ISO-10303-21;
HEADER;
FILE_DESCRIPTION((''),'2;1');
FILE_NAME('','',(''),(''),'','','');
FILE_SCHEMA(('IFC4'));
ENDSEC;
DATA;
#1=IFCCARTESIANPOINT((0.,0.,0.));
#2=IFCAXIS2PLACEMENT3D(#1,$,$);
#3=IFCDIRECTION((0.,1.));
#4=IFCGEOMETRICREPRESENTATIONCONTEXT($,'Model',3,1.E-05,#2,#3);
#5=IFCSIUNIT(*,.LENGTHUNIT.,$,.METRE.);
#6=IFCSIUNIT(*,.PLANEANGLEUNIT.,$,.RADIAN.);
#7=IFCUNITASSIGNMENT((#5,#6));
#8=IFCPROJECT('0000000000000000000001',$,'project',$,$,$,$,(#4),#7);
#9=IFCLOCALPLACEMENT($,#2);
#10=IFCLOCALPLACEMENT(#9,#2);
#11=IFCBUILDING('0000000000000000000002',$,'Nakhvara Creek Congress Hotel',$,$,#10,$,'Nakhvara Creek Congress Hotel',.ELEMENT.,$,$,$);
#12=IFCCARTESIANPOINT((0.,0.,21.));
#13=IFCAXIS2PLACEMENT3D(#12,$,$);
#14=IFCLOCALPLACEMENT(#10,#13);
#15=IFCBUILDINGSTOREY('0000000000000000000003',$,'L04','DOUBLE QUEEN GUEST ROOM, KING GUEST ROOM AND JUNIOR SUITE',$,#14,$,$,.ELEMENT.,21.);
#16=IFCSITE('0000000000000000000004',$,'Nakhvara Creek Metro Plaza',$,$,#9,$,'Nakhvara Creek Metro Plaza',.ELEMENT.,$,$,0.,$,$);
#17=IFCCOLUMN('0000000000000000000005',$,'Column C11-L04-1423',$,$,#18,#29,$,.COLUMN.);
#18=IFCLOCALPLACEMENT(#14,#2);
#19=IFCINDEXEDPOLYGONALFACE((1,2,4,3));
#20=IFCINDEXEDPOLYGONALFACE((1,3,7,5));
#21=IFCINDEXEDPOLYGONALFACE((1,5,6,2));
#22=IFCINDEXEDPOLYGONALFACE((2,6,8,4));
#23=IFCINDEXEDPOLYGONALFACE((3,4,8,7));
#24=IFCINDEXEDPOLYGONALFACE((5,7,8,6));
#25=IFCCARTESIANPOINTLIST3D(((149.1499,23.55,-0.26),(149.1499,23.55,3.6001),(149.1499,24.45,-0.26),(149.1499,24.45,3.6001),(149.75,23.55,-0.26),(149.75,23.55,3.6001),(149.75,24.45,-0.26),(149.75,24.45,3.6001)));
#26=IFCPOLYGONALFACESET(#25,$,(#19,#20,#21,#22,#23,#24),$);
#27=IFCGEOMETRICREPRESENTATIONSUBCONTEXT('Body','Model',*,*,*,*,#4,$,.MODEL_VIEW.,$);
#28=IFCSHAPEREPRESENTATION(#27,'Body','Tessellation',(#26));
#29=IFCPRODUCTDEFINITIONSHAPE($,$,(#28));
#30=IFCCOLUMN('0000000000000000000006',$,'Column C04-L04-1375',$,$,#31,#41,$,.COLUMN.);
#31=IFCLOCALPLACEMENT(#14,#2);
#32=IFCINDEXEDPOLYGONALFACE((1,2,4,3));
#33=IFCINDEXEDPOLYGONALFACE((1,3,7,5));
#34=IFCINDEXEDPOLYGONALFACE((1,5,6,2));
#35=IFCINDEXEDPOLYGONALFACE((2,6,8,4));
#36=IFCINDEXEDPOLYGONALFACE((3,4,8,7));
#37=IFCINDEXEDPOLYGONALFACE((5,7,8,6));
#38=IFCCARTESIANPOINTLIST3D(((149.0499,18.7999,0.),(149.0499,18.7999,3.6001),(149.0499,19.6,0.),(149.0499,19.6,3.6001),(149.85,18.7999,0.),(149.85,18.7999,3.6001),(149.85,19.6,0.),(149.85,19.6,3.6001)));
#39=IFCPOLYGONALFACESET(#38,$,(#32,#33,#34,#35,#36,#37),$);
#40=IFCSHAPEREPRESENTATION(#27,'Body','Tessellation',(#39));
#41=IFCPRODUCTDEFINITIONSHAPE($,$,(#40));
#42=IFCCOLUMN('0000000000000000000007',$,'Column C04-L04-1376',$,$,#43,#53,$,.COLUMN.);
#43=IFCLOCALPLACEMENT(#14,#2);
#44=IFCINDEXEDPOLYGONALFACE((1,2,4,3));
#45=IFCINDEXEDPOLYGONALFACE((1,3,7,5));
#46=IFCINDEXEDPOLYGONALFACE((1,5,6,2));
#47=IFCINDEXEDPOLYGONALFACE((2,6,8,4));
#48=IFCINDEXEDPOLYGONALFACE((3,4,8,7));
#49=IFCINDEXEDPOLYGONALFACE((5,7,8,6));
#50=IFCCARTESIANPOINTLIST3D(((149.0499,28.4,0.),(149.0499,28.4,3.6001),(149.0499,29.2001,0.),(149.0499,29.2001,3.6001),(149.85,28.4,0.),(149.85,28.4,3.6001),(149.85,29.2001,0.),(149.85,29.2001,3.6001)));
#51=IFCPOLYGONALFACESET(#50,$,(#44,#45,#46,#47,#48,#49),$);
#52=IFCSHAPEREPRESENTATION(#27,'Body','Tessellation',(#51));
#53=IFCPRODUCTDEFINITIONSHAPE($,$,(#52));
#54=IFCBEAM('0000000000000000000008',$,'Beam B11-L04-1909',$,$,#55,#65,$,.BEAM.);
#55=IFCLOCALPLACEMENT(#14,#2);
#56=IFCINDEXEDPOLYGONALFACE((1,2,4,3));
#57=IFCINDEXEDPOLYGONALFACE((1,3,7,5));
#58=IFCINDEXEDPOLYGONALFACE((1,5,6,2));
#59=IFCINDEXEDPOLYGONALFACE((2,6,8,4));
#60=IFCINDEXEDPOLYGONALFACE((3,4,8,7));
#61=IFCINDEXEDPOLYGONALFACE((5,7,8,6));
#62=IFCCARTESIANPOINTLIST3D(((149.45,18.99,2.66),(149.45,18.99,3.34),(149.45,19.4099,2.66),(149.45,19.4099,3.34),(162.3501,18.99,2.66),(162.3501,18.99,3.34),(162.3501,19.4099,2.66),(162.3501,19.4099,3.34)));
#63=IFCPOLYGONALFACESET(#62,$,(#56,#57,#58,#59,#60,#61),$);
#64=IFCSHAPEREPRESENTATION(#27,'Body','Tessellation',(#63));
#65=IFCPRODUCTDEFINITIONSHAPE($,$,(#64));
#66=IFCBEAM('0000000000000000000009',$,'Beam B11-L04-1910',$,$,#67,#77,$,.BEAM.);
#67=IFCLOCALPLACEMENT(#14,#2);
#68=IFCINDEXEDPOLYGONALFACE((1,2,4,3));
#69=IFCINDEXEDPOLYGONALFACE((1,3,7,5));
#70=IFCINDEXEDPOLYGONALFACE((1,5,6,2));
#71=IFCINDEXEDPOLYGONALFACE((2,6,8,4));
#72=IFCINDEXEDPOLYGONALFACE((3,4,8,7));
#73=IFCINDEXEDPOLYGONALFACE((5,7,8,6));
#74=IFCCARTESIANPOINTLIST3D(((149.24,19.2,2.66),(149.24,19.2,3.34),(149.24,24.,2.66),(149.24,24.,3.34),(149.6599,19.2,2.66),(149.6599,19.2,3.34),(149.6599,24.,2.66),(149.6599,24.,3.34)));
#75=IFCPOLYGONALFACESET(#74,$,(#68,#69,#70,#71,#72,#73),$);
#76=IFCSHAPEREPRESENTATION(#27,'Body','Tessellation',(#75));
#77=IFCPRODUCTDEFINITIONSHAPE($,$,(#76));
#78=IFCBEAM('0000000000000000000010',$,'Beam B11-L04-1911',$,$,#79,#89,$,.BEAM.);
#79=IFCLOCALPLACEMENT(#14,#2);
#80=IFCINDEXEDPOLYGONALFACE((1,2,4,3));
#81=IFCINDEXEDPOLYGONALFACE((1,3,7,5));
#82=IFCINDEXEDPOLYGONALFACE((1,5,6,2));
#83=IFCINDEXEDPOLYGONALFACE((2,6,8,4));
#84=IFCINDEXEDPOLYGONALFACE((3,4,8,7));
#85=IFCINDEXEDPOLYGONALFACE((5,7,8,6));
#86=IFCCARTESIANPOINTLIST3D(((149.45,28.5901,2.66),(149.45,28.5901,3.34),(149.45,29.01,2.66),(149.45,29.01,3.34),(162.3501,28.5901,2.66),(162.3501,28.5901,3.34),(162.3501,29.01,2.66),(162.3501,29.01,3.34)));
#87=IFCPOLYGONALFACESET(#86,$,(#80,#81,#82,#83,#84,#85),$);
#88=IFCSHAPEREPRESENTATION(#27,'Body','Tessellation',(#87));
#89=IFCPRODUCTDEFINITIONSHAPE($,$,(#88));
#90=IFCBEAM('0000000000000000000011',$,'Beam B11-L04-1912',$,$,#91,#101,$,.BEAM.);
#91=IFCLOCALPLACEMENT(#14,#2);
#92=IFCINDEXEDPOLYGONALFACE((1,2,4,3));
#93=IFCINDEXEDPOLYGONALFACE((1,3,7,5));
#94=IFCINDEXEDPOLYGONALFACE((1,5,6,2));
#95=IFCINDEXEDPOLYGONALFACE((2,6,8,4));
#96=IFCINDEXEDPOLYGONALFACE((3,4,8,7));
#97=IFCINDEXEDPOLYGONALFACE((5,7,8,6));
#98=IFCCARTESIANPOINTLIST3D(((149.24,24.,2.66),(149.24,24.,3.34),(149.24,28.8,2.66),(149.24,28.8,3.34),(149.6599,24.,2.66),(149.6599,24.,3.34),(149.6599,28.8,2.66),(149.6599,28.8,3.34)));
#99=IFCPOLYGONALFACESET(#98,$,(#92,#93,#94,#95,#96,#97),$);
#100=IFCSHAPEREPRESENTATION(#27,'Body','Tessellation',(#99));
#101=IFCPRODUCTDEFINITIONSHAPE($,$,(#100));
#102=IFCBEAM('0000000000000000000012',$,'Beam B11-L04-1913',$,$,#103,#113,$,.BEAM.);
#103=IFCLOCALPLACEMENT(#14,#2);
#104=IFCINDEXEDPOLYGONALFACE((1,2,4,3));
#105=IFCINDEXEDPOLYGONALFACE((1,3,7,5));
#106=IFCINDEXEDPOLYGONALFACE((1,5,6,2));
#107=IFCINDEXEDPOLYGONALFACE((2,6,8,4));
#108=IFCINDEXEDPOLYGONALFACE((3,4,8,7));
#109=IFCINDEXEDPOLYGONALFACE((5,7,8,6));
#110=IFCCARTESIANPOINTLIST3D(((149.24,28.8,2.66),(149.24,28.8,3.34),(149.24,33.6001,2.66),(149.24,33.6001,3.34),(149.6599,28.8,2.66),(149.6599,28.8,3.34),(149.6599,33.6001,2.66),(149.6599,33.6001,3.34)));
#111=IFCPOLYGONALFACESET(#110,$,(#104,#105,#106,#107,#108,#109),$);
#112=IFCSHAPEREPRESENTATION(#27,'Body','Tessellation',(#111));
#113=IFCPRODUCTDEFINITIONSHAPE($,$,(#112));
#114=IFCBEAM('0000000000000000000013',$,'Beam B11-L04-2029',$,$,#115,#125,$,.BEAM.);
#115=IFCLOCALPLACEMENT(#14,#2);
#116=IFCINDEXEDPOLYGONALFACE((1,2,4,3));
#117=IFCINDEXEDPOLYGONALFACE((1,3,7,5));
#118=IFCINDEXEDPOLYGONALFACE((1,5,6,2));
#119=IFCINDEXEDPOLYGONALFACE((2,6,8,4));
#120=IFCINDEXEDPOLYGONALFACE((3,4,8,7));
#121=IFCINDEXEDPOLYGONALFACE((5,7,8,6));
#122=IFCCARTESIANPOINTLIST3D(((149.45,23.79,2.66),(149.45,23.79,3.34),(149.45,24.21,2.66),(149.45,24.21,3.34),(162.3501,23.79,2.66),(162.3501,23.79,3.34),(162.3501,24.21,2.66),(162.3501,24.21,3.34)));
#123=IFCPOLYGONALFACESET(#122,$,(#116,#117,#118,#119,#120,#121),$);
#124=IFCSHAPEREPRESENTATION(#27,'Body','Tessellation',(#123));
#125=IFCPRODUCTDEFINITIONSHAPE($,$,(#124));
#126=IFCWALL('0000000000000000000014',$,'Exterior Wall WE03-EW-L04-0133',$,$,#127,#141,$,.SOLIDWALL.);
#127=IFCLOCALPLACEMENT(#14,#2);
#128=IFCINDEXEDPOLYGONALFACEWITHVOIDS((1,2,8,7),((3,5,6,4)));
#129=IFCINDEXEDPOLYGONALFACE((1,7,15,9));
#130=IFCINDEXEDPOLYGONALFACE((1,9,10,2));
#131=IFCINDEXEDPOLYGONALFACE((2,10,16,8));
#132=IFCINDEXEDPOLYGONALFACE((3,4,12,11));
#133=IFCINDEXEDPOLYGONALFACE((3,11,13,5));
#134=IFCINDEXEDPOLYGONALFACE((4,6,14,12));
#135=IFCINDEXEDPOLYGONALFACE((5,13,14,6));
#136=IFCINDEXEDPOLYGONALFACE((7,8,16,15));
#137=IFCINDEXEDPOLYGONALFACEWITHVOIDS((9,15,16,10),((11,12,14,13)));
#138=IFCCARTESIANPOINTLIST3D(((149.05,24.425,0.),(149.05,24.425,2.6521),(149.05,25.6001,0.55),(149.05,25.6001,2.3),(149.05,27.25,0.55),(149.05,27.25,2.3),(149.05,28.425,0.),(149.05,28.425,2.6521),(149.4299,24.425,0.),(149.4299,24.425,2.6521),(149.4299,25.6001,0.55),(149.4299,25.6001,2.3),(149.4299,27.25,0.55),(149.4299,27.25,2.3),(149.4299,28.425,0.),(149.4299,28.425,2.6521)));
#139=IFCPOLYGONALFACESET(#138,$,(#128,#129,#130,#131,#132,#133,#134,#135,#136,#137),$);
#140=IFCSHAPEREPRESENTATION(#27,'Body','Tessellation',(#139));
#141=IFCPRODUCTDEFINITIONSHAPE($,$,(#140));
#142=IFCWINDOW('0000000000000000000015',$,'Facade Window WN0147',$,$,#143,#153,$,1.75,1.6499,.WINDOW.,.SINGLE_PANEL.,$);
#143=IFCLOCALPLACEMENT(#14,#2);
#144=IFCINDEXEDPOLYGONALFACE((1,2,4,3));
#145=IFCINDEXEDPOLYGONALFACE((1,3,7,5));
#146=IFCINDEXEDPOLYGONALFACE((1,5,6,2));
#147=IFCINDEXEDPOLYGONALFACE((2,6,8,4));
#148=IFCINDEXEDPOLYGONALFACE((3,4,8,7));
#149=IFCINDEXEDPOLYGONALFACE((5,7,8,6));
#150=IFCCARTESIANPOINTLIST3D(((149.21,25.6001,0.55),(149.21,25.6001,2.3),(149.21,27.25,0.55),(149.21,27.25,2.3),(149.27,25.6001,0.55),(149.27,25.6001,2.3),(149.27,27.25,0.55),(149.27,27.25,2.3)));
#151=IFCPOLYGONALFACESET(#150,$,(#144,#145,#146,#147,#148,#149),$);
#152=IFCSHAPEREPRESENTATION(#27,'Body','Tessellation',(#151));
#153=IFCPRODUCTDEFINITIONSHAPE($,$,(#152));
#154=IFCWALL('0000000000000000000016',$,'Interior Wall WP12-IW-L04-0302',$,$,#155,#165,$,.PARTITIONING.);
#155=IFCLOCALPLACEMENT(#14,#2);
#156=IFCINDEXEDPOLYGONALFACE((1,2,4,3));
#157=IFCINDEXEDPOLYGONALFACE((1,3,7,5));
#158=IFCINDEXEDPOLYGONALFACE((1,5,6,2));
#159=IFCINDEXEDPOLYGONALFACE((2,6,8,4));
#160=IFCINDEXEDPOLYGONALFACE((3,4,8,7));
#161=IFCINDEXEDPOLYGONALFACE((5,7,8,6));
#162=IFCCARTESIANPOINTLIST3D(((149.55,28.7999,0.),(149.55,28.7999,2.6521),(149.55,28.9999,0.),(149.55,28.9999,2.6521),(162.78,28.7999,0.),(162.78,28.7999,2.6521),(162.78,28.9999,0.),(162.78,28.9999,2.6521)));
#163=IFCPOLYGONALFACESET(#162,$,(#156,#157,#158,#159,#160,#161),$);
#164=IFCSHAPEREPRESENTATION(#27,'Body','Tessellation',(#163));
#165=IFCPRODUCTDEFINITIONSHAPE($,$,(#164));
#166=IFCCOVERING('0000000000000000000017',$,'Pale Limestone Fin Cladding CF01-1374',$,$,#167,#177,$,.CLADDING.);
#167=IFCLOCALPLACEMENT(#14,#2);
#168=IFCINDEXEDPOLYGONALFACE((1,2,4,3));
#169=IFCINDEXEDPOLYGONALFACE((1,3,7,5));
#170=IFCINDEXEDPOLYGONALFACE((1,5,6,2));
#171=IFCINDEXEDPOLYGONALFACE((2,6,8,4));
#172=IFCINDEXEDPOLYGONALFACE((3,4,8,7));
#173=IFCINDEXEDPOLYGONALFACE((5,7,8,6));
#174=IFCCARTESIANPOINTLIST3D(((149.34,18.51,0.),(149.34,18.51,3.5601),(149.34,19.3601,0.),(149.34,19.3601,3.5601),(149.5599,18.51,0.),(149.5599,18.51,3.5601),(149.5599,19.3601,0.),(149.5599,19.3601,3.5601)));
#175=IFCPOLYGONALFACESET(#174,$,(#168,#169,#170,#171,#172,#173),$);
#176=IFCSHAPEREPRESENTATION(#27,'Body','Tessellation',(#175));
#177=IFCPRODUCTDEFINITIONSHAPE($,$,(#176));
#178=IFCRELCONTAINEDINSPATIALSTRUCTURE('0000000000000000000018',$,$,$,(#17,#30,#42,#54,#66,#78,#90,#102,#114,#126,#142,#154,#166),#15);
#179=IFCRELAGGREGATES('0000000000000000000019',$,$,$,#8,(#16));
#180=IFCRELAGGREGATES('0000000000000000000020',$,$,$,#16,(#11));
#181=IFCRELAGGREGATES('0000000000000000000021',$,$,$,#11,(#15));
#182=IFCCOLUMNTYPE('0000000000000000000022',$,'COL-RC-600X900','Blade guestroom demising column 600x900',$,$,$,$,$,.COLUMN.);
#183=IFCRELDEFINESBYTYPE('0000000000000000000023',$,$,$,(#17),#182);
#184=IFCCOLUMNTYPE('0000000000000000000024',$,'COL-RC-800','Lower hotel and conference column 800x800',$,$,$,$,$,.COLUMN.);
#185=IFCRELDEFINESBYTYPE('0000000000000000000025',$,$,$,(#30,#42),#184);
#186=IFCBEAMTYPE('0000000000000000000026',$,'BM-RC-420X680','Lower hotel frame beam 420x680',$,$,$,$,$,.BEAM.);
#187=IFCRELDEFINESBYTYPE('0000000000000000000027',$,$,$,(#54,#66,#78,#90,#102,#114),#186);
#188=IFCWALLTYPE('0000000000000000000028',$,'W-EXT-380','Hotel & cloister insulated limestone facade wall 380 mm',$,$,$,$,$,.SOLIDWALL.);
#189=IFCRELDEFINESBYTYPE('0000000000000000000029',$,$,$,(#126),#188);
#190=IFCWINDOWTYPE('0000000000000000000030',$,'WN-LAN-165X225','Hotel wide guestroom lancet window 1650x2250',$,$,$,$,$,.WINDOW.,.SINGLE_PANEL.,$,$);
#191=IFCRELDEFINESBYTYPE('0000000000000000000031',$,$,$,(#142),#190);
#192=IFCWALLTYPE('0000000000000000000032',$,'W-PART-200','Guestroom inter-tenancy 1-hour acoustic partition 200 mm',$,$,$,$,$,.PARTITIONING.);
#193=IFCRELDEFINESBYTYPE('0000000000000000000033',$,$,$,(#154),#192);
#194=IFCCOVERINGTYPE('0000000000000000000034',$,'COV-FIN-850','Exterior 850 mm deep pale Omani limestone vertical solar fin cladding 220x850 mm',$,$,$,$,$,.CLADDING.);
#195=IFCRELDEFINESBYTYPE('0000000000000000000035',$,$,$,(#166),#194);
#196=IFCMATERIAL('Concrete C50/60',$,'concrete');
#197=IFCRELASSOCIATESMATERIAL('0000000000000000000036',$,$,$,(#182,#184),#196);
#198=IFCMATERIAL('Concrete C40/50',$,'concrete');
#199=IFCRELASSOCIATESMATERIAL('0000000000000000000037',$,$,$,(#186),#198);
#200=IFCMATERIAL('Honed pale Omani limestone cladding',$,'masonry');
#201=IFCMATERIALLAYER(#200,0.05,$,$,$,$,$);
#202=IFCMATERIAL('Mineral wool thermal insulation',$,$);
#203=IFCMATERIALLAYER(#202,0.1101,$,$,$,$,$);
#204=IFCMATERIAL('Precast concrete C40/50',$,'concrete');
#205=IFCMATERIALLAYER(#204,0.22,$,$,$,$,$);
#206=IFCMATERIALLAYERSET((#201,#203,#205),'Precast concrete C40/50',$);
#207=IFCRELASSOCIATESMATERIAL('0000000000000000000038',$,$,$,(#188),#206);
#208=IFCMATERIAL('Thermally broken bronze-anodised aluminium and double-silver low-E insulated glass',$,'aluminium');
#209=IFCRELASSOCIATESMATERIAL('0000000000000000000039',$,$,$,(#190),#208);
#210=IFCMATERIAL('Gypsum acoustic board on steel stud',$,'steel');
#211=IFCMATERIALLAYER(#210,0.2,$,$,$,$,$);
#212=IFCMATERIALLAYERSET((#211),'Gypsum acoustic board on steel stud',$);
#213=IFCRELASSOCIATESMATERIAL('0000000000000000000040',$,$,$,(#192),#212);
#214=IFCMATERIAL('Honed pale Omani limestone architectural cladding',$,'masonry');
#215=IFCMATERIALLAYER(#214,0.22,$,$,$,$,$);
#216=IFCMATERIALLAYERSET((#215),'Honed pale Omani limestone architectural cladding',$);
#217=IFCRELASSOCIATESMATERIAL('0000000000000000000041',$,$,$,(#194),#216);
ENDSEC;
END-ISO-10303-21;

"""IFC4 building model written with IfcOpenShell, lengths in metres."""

from ifc_helpers import new_model, si_unit, direction, frame, frame_2d, origin, origin_2d, place, context, subcontext, project, spatial, rectangle, extrude, material, layer, layer_set, material_profile, profile_set, type_object, element, fill, save


model = new_model("IFC4")

# Units and contexts
model_context = context("Model", 3, precision=1e-05, world=origin(), true_north=direction((0.0, 1.0)))
body_context = subcontext(model_context, "Body", "Model", "MODEL_VIEW")
ifc_project = project(units=[si_unit("LENGTHUNIT", "METRE"), si_unit("PLANEANGLEUNIT", "RADIAN")], contexts=[model_context])

# Site, building, storey
site_placement = place(None, origin())
site = spatial("IfcSite", under=ifc_project, at=site_placement, Name="Nakhvara Creek Metro Plaza", LongName="Nakhvara Creek Metro Plaza", CompositionType="ELEMENT", RefElevation=0.0)
building_placement = place(site_placement, origin())
building = spatial("IfcBuilding", under=site, at=building_placement, Name="Nakhvara Creek Congress Hotel", LongName="Nakhvara Creek Congress Hotel", CompositionType="ELEMENT")
storey_placement = place(building_placement, frame((0.0, 0.0, 21.0)))
storey = spatial("IfcBuildingStorey", under=building, at=storey_placement, Name="L04", Description="DOUBLE QUEEN GUEST ROOM, KING GUEST ROOM AND JUNIOR SUITE", CompositionType="ELEMENT", Elevation=21.0)

# Columns
ifc_material_1 = material(Name="Concrete C50/60", Category="concrete")
ifc_material_profile_1 = material_profile(ifc_material_1, rectangle(XDim=0.6001, YDim=0.8999, at=origin_2d()), Name="RC-COL 600x900", Category="LoadBearing")
ifc_profile_set_1 = profile_set([ifc_material_profile_1], Name="Concrete C50/60")
column_type_1 = type_object("IfcColumnType", Name="COL-RC-600X900", Description="Blade guestroom demising column 600x900", PredefinedType="COLUMN", material=ifc_profile_set_1)
column_placement = place(storey_placement, frame((149.45, 24.0, -0.26), z_axis=(0.0, 0.0, 1.0), x_axis=(1.0, 0.0, 0.0)))
element("IfcColumn", 1, at=column_placement, inside=storey, type_object=column_type_1, Name="Column C11-L04-1423", PredefinedType="COLUMN", context=body_context, shape_type="SweptSolid", body=[
    extrude(rectangle(XDim=0.6001, YDim=0.8999, at=origin_2d()), origin(), (0.0, 0.0, 1.0), 3.8601),
])
ifc_material_profile_2 = material_profile(ifc_material_1, rectangle(XDim=0.8, YDim=0.8, at=origin_2d()), Name="RC-COL 800x800", Category="LoadBearing")
ifc_profile_set_2 = profile_set([ifc_material_profile_2], Name="Concrete C50/60")
column_type_2 = type_object("IfcColumnType", Name="COL-RC-800", Description="Lower hotel and conference column 800x800", PredefinedType="COLUMN", material=ifc_profile_set_2)
for number, where, z_axis, x_axis, name in (
    (2, (149.45, 19.2, 0.0), (0.0, 0.0, 1.0), (1.0, 0.0, 0.0), "Column C04-L04-1375"),
    (3, (149.45, 28.8, 0.0), (0.0, 0.0, 1.0), (1.0, 0.0, 0.0), "Column C04-L04-1376"),
):
    element("IfcColumn", number, at=place(storey_placement, frame(where, z_axis=z_axis, x_axis=x_axis)), inside=storey, type_object=column_type_2, Name=name, PredefinedType="COLUMN", context=body_context, shape_type="SweptSolid", body=[
        extrude(rectangle(XDim=0.8, YDim=0.8, at=origin_2d()), origin(), (0.0, 0.0, 1.0), 3.6001),
    ])

# Beams
ifc_material_2 = material(Name="Concrete C40/50", Category="concrete")
ifc_material_profile_3 = material_profile(ifc_material_2, rectangle(XDim=0.4199, YDim=0.6799, at=origin_2d()), Name="RC-BM 420x680", Category="LoadBearing")
ifc_profile_set_3 = profile_set([ifc_material_profile_3], Name="Concrete C40/50")
beam_type = type_object("IfcBeamType", Name="BM-RC-420X680", Description="Lower hotel frame beam 420x680", PredefinedType="BEAM", material=ifc_profile_set_3)
beam_1_placement = place(storey_placement, frame((149.45, 19.2, 3.0), z_axis=(1.0, 0.0, 0.0), x_axis=(0.0, 1.0, 0.0)))
element("IfcBeam", 4, at=beam_1_placement, inside=storey, type_object=beam_type, Name="Beam B11-L04-1909", PredefinedType="BEAM", context=body_context, shape_type="SweptSolid", body=[
    extrude(rectangle(XDim=0.4199, YDim=0.6799, at=origin_2d()), origin(), (0.0, 0.0, 1.0), 12.9001),
])
beam_2_placement = place(storey_placement, frame((149.45, 19.2, 3.0), z_axis=(0.0, 1.0, 0.0), x_axis=(-1.0, 0.0, 0.0)))
element("IfcBeam", 5, at=beam_2_placement, inside=storey, type_object=beam_type, Name="Beam B11-L04-1910", PredefinedType="BEAM", context=body_context, shape_type="SweptSolid", body=[
    extrude(rectangle(XDim=0.4199, YDim=0.6799, at=origin_2d()), origin(), (0.0, 0.0, 1.0), 4.8),
])
beam_3_placement = place(storey_placement, frame((149.45, 28.8, 3.0), z_axis=(1.0, 0.0, 0.0), x_axis=(0.0, 1.0, 0.0)))
element("IfcBeam", 6, at=beam_3_placement, inside=storey, type_object=beam_type, Name="Beam B11-L04-1911", PredefinedType="BEAM", context=body_context, shape_type="SweptSolid", body=[
    extrude(rectangle(XDim=0.4199, YDim=0.6799, at=origin_2d()), origin(), (0.0, 0.0, 1.0), 12.9001),
])
for number, where, z_axis, x_axis, name in (
    (7, (149.45, 24.0, 3.0), (0.0, 1.0, 0.0), (-1.0, 0.0, 0.0), "Beam B11-L04-1912"),
    (8, (149.45, 28.8, 3.0), (0.0, 1.0, 0.0), (-1.0, 0.0, 0.0), "Beam B11-L04-1913"),
):
    element("IfcBeam", number, at=place(storey_placement, frame(where, z_axis=z_axis, x_axis=x_axis)), inside=storey, type_object=beam_type, Name=name, PredefinedType="BEAM", context=body_context, shape_type="SweptSolid", body=[
        extrude(rectangle(XDim=0.4199, YDim=0.6799, at=origin_2d()), origin(), (0.0, 0.0, 1.0), 4.8),
    ])
beam_4_placement = place(storey_placement, frame((149.45, 24.0, 3.0), z_axis=(1.0, 0.0, 0.0), x_axis=(0.0, 1.0, 0.0)))
element("IfcBeam", 9, at=beam_4_placement, inside=storey, type_object=beam_type, Name="Beam B11-L04-2029", PredefinedType="BEAM", context=body_context, shape_type="SweptSolid", body=[
    extrude(rectangle(XDim=0.4199, YDim=0.6799, at=origin_2d()), origin(), (0.0, 0.0, 1.0), 12.9001),
])

# Wall, opening, window
ifc_material_3 = material(Name="Honed pale Omani limestone cladding", Category="masonry")
ifc_layer_1 = layer(ifc_material_3, 0.05)
ifc_material_4 = material(Name="Mineral wool thermal insulation")
ifc_layer_2 = layer(ifc_material_4, 0.1101)
ifc_material_5 = material(Name="Precast concrete C40/50", Category="concrete")
ifc_layer_3 = layer(ifc_material_5, 0.22)
ifc_layer_set_1 = layer_set([ifc_layer_1, ifc_layer_2, ifc_layer_3], Name="Precast concrete C40/50")
wall_type_1 = type_object("IfcWallType", Name="W-EXT-380", Description="Hotel & cloister insulated limestone facade wall 380 mm", PredefinedType="SOLIDWALL", material=ifc_layer_set_1)
wall_1_placement = place(storey_placement, frame((149.24, 24.425, 0.0), z_axis=(0.0, 0.0, 1.0), x_axis=(0.0, 1.0, 0.0)))
wall_1 = element("IfcWall", 10, at=wall_1_placement, inside=storey, type_object=wall_type_1, Name="Exterior Wall WE03-EW-L04-0133", PredefinedType="SOLIDWALL", context=body_context, shape_type="SweptSolid", body=[
    extrude(rectangle(XDim=4.0, YDim=0.3799, at=frame_2d((2.0, 0.0))), origin(), (0.0, 0.0, 1.0), 2.6521),
])
opening_placement = place(wall_1_placement, frame((1.175, 0.0, 0.55)))
opening = element("IfcOpeningElement", 11, at=opening_placement, cuts=wall_1, PredefinedType="OPENING", context=body_context, shape_type="SweptSolid", body=[
    extrude(rectangle(XDim=1.6499, YDim=1.75, at=frame_2d((0.825, 0.875))), frame((0.0, 0.2019, 0.0), z_axis=(0.0, -1.0, 0.0), x_axis=(1.0, 0.0, 0.0)), (0.0, 0.0, 1.0), 0.4038),
])
ifc_material_6 = material(Name="Thermally broken bronze-anodised aluminium and double-silver low-E insulated glass", Category="aluminium")
window_type = type_object("IfcWindowType", Name="WN-LAN-165X225", Description="Hotel wide guestroom lancet window 1650x2250", PartitioningType="SINGLE_PANEL", PredefinedType="WINDOW", material=ifc_material_6)
window_placement = place(opening_placement, origin())
window = element("IfcWindow", 12, at=window_placement, inside=storey, type_object=window_type, Name="Facade Window WN0147", OverallHeight=1.75, OverallWidth=1.6499, PartitioningType="SINGLE_PANEL", PredefinedType="WINDOW", context=body_context, shape_type="SweptSolid", body=[
    extrude(rectangle(XDim=1.6499, YDim=1.75, at=frame_2d((0.825, 0.875))), frame((0.0, 0.03, 0.0), z_axis=(0.0, -1.0, 0.0), x_axis=(1.0, 0.0, 0.0)), (0.0, 0.0, 1.0), 0.0601),
])
fill(opening, window)

# Wall
ifc_material_7 = material(Name="Gypsum acoustic board on steel stud", Category="steel")
ifc_layer_4 = layer(ifc_material_7, 0.2)
ifc_layer_set_2 = layer_set([ifc_layer_4], Name="Gypsum acoustic board on steel stud")
wall_type_2 = type_object("IfcWallType", Name="W-PART-200", Description="Guestroom inter-tenancy 1-hour acoustic partition 200 mm", PredefinedType="PARTITIONING", material=ifc_layer_set_2)
wall_2_placement = place(storey_placement, frame((149.55, 28.8999, 0.0), z_axis=(0.0, 0.0, 1.0), x_axis=(1.0, 0.0, 0.0)))
element("IfcWall", 13, at=wall_2_placement, inside=storey, type_object=wall_type_2, Name="Interior Wall WP12-IW-L04-0302", PredefinedType="PARTITIONING", context=body_context, shape_type="SweptSolid", body=[
    extrude(rectangle(XDim=13.23, YDim=0.2, at=frame_2d((6.615, 0.0))), origin(), (0.0, 0.0, 1.0), 2.6521),
])

# Covering
ifc_material_8 = material(Name="Honed pale Omani limestone architectural cladding", Category="masonry")
ifc_layer_5 = layer(ifc_material_8, 0.22)
ifc_layer_set_3 = layer_set([ifc_layer_5], Name="Honed pale Omani limestone architectural cladding")
covering_type = type_object("IfcCoveringType", Name="COV-FIN-850", Description="Exterior 850 mm deep pale Omani limestone vertical solar fin cladding 220x850 mm", PredefinedType="CLADDING", material=ifc_layer_set_3)
for number, where, z_axis, x_axis, name in (
    (14, (149.45, 18.9351, 0.0), (0.0, 0.0, 1.0), (1.0, 0.0, 0.0), "Pale Limestone Fin Cladding CF01-1374"),
):
    element("IfcCovering", number, at=place(storey_placement, frame(where, z_axis=z_axis, x_axis=x_axis)), inside=storey, type_object=covering_type, Name=name, PredefinedType="CLADDING", context=body_context, shape_type="SweptSolid", body=[
        extrude(rectangle(XDim=0.22, YDim=0.8501, at=origin_2d()), origin(), (0.0, 0.0, 1.0), 3.5601),
    ])

save(model, "model.ifc")
